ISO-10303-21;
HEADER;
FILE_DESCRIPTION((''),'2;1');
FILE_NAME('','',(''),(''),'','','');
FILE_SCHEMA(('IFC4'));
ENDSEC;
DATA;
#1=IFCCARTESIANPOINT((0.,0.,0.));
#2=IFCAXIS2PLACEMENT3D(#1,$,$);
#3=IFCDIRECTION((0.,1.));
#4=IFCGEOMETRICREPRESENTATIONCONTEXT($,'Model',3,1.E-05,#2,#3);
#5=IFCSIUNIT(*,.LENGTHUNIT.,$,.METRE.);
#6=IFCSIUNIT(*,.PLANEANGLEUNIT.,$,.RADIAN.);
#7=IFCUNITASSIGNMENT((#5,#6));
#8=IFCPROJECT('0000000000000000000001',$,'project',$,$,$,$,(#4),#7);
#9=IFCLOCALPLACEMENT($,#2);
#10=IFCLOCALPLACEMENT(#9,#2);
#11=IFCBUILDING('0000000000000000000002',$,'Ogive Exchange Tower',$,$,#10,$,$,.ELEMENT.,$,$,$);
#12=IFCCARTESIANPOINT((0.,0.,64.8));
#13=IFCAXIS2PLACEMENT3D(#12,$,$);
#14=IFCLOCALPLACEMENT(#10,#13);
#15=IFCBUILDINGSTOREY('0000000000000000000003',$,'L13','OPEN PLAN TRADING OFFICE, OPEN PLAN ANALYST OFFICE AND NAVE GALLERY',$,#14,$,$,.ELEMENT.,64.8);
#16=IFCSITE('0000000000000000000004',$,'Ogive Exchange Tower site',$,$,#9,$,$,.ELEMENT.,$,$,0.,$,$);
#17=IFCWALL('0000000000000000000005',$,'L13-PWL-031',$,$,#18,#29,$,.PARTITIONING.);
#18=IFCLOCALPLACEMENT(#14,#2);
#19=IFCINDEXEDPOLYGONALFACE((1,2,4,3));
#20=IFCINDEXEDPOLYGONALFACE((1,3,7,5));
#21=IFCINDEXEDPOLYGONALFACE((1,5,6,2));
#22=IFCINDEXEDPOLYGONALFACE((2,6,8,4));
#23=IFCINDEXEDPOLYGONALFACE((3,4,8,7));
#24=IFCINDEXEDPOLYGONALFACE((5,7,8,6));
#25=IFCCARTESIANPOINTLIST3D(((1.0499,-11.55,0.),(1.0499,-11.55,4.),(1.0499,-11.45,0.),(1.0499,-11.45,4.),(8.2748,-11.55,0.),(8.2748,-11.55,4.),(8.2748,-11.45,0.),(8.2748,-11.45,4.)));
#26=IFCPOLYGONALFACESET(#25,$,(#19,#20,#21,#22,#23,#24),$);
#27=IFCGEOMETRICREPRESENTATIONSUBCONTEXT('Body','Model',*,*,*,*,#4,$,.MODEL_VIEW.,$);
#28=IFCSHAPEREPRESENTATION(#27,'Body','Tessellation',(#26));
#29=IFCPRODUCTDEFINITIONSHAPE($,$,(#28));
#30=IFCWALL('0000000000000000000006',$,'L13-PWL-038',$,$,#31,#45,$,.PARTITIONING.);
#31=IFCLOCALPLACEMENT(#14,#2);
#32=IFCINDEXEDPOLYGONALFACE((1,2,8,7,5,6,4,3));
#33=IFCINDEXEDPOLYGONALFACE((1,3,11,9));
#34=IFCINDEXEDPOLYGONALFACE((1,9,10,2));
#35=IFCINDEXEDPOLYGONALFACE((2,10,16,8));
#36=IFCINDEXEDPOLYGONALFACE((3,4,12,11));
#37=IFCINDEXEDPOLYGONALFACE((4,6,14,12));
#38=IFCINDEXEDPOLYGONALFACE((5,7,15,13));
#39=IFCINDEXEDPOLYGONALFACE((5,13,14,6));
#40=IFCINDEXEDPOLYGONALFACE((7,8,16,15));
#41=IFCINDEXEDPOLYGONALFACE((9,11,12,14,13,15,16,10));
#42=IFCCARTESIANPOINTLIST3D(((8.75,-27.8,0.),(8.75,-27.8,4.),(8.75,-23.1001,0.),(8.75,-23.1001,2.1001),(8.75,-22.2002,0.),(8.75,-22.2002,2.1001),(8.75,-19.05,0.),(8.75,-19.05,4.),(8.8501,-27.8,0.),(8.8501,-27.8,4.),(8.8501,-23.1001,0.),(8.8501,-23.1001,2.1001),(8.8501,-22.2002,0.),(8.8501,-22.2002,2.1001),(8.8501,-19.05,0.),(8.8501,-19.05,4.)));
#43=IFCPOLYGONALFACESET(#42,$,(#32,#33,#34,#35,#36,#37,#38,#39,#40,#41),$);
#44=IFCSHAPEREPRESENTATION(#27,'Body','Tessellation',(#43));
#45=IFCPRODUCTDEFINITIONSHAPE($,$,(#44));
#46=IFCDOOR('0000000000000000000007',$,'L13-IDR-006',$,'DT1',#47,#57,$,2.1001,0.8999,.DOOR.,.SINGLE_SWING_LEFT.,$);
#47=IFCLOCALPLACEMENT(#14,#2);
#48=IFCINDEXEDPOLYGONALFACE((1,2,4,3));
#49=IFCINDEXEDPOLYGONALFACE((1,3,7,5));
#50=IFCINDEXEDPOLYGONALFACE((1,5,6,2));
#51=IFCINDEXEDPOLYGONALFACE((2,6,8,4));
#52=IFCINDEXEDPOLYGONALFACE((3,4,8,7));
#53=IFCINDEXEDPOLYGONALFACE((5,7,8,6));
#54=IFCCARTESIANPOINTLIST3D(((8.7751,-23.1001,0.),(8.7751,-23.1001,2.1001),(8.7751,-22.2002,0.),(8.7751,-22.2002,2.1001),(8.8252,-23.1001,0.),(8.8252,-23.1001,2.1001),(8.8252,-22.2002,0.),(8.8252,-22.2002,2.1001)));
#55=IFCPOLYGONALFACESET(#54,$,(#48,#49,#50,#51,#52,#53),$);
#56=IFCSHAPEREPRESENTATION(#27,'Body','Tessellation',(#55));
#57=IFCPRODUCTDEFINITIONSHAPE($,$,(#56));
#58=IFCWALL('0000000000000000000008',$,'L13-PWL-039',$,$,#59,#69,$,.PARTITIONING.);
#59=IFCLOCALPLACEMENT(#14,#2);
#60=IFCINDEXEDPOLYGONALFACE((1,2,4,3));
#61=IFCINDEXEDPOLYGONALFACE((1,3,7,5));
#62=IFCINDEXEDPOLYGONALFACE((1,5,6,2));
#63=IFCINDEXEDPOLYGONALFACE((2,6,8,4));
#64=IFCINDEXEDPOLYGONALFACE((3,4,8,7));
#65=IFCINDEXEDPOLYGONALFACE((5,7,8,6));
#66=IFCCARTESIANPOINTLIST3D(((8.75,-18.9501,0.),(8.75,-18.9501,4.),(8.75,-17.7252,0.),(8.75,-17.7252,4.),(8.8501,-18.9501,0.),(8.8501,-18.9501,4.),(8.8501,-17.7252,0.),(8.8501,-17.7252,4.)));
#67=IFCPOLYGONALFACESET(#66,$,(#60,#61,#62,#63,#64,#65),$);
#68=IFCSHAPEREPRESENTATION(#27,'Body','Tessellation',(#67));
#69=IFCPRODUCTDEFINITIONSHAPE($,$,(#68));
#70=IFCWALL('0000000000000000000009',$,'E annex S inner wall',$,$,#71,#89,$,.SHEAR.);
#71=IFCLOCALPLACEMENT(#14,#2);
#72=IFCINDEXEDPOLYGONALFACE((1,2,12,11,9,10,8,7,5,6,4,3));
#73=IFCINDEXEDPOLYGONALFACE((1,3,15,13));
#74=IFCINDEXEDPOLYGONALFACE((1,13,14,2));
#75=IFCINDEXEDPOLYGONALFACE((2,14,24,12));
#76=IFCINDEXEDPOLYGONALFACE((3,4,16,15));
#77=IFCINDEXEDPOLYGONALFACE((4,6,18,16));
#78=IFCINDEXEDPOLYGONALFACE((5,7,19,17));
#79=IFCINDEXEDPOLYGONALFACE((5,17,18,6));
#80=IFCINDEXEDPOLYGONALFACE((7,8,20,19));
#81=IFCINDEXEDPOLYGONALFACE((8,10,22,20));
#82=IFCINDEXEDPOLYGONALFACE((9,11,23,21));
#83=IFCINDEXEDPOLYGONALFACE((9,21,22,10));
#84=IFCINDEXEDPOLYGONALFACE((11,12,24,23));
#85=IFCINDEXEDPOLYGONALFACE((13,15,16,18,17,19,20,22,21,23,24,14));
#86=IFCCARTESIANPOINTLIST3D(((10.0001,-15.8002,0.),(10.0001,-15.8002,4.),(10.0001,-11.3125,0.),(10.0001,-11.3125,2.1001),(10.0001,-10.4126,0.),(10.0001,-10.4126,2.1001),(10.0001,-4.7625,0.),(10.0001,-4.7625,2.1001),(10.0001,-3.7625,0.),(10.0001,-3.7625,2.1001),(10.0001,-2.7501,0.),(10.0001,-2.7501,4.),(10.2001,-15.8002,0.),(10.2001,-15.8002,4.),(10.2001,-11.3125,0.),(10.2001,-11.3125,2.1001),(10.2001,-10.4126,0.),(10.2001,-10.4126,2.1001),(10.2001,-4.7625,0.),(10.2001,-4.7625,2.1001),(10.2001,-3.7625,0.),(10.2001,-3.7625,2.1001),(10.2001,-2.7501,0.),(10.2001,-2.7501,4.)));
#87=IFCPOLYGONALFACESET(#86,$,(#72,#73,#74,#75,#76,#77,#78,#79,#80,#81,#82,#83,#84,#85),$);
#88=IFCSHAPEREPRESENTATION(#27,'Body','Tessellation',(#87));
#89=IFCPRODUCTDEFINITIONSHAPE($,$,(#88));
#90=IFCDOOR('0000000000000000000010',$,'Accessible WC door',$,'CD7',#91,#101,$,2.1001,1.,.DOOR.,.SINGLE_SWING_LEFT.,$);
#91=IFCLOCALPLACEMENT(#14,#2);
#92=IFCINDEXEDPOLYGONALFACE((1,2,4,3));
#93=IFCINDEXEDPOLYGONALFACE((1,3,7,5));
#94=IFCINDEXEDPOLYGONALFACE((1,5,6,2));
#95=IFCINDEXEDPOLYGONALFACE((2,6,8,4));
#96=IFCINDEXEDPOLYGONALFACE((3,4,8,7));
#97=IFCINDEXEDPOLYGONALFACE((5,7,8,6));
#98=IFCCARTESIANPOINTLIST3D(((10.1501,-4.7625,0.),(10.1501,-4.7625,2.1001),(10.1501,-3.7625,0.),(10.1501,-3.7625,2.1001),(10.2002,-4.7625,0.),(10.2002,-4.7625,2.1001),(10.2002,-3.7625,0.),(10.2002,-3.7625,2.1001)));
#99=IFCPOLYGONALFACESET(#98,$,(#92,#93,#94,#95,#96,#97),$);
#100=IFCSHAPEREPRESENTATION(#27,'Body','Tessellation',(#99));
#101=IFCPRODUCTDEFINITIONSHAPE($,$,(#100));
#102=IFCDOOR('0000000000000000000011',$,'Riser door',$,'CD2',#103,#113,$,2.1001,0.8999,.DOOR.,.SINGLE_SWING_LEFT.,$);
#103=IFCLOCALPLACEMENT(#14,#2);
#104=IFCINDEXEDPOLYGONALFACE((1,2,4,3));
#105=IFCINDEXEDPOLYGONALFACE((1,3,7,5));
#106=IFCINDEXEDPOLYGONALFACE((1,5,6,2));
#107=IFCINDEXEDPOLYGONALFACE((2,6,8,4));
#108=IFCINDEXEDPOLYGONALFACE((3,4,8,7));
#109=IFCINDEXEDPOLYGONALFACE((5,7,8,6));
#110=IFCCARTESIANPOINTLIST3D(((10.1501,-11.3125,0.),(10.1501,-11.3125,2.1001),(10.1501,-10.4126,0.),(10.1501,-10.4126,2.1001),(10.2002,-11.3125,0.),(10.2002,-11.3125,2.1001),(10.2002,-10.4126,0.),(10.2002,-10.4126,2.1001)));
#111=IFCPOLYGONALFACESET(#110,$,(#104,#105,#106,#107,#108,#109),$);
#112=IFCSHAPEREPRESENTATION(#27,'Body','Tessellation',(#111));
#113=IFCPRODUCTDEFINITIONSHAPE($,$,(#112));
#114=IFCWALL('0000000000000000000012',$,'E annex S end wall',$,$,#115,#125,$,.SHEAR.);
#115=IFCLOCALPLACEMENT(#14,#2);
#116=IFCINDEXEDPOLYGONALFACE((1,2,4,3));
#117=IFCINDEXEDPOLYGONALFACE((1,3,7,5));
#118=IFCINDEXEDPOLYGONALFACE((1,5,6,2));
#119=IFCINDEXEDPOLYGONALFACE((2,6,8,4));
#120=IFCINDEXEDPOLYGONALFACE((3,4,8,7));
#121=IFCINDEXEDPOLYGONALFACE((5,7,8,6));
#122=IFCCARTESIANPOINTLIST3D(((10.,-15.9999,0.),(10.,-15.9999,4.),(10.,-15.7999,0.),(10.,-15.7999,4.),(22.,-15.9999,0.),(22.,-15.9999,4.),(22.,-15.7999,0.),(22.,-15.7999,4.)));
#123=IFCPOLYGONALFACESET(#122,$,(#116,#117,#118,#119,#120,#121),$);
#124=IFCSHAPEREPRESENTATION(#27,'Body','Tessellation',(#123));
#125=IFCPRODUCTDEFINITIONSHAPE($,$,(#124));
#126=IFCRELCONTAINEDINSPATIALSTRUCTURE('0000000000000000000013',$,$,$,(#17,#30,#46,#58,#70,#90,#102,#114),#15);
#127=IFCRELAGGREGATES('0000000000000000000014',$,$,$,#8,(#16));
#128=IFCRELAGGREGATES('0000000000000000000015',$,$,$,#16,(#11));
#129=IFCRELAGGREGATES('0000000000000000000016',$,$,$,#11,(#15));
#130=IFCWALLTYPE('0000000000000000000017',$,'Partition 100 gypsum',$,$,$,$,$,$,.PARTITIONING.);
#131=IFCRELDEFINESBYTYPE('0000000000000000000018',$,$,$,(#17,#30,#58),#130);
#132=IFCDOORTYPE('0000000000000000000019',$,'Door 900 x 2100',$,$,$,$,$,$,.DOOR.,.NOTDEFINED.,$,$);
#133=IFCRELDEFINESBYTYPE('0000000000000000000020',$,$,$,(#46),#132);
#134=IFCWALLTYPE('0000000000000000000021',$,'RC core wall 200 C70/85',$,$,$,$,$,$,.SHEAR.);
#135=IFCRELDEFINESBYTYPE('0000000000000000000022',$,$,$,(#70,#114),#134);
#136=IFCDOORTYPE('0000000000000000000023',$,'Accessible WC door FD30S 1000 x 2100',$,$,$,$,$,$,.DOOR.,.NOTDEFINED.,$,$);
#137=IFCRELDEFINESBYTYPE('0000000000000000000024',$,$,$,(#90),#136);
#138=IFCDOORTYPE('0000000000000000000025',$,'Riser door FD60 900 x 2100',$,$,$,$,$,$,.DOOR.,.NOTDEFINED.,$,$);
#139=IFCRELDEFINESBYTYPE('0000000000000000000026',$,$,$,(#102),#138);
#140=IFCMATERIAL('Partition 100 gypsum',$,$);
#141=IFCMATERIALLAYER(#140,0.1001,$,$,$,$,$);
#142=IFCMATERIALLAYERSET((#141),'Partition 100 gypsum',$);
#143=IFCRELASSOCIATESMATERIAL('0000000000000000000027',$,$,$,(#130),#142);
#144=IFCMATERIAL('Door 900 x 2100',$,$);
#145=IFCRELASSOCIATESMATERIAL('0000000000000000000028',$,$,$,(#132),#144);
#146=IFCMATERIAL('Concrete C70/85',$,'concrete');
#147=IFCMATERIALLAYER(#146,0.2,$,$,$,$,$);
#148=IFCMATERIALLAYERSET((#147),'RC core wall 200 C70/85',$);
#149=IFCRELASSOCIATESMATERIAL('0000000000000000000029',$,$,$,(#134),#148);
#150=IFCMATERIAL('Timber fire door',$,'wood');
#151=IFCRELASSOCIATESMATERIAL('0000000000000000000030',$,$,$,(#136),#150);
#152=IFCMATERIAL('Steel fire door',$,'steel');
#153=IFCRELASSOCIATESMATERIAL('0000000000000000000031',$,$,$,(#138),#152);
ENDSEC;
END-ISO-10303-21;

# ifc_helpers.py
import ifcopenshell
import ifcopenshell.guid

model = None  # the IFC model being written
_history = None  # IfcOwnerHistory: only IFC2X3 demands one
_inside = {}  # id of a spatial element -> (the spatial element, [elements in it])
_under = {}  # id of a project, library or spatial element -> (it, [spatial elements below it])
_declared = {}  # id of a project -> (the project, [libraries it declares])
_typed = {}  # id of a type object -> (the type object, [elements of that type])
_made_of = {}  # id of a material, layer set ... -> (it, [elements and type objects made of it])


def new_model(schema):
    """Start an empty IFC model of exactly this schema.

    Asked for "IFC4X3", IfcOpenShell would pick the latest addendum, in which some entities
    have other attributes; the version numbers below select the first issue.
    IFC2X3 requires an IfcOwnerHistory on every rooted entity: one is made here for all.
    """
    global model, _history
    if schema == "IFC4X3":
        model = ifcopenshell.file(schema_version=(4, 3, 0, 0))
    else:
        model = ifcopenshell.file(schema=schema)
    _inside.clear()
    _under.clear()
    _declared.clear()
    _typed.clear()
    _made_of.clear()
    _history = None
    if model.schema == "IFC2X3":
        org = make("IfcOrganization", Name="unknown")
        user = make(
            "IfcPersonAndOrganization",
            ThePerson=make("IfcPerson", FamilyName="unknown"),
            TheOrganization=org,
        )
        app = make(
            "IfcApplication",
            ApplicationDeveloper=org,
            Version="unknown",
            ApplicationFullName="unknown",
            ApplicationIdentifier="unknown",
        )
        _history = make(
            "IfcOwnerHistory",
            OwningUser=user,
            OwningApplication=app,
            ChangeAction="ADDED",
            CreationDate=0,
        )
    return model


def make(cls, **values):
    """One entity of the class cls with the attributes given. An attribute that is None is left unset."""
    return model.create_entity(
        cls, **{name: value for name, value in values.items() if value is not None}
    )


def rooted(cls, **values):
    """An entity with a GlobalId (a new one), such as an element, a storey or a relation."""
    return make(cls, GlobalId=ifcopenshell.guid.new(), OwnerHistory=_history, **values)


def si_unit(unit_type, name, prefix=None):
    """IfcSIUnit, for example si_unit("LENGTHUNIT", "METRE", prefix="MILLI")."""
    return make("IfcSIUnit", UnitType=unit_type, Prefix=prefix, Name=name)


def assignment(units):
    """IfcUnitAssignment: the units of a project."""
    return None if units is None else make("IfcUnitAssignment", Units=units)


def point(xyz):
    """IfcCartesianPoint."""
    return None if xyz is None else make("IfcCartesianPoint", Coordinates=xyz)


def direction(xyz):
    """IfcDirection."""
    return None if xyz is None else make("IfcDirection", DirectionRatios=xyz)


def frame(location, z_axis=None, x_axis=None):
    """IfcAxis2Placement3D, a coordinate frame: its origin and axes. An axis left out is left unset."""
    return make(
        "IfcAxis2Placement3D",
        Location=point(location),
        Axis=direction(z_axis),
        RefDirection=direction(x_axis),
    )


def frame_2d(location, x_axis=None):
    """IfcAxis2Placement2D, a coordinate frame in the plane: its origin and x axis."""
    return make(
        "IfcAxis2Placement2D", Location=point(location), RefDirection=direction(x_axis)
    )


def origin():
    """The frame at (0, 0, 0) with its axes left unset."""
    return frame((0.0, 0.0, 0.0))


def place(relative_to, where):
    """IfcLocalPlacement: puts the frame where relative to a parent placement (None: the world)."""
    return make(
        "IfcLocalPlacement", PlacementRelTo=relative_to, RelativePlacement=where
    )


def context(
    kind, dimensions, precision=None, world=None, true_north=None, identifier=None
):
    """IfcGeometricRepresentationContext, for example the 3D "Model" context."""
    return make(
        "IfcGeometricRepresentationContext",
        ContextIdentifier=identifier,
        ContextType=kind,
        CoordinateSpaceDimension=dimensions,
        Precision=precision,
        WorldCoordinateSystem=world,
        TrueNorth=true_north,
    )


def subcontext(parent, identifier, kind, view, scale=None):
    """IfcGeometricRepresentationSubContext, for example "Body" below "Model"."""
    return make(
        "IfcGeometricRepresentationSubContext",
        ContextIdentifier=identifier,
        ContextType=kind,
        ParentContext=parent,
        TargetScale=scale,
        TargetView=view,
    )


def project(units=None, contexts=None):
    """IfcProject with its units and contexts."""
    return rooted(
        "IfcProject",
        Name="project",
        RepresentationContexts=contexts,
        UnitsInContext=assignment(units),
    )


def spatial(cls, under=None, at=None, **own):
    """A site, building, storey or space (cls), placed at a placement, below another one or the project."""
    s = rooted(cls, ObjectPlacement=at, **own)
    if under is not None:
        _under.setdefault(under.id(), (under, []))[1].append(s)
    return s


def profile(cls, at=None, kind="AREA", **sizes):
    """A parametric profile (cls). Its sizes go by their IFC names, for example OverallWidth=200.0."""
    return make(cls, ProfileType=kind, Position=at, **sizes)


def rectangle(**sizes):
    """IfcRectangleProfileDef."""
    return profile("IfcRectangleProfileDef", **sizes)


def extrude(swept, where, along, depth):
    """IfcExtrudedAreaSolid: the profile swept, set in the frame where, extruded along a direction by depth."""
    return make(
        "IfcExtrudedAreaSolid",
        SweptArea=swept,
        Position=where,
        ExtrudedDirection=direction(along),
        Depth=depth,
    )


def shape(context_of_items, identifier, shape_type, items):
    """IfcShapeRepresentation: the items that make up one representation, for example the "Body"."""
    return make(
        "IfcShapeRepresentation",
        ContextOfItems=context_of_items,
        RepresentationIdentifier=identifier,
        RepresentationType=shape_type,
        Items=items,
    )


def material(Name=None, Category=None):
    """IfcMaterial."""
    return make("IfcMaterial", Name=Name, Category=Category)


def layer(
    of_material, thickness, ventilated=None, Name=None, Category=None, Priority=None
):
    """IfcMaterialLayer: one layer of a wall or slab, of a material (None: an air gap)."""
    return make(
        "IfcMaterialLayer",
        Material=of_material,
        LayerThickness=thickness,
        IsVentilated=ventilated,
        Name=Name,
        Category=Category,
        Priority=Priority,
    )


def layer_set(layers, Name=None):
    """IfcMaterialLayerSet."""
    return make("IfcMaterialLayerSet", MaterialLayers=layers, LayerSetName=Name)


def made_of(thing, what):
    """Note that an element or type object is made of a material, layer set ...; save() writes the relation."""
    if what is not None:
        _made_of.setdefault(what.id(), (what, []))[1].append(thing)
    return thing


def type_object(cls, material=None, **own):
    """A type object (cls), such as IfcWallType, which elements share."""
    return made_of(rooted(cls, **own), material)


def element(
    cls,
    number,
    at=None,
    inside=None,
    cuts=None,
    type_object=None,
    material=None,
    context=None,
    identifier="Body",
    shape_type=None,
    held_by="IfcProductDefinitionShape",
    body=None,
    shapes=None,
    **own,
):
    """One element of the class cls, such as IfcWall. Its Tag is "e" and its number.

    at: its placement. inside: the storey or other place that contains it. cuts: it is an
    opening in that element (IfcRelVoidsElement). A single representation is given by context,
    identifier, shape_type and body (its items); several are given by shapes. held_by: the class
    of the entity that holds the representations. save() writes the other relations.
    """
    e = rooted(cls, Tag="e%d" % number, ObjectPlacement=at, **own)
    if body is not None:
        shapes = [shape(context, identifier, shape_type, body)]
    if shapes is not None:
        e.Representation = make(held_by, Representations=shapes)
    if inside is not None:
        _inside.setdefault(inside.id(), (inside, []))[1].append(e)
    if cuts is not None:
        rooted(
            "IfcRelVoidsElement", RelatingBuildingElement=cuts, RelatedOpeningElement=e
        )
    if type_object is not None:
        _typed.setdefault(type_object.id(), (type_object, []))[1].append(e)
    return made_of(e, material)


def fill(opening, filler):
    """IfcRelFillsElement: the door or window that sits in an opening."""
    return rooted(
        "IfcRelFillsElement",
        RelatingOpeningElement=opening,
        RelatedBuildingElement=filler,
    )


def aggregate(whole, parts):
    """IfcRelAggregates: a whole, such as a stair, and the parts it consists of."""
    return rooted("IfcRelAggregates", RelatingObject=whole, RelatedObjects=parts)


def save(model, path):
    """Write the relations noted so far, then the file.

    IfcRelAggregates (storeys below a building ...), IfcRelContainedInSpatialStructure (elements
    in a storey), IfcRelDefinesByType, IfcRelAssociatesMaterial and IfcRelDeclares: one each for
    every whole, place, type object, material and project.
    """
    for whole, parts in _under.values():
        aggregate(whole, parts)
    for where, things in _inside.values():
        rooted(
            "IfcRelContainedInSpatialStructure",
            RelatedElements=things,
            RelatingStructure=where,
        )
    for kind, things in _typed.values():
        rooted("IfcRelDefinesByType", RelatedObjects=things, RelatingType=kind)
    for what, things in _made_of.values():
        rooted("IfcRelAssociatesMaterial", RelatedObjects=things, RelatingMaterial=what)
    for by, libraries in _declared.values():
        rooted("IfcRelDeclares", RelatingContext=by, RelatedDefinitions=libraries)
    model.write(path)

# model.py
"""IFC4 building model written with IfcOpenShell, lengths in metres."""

from ifc_helpers import new_model, si_unit, direction, frame, frame_2d, origin, place, context, subcontext, project, spatial, rectangle, extrude, material, layer, layer_set, type_object, element, fill, save


model = new_model("IFC4")

# Units and contexts
model_context = context("Model", 3, precision=1e-05, world=origin(), true_north=direction((0.0, 1.0)))
body_context = subcontext(model_context, "Body", "Model", "MODEL_VIEW")
ifc_project = project(units=[si_unit("LENGTHUNIT", "METRE"), si_unit("PLANEANGLEUNIT", "RADIAN")], contexts=[model_context])

# Site, building, storey
site_placement = place(None, origin())
site = spatial("IfcSite", under=ifc_project, at=site_placement, Name="Ogive Exchange Tower site", CompositionType="ELEMENT", RefElevation=0.0)
building_placement = place(site_placement, origin())
building = spatial("IfcBuilding", under=site, at=building_placement, Name="Ogive Exchange Tower", CompositionType="ELEMENT")
storey_placement = place(building_placement, frame((0.0, 0.0, 64.8)))
storey = spatial("IfcBuildingStorey", under=building, at=storey_placement, Name="L13", Description="OPEN PLAN TRADING OFFICE, OPEN PLAN ANALYST OFFICE AND NAVE GALLERY", CompositionType="ELEMENT", Elevation=64.8)

# Wall
ifc_material_1 = material(Name="Partition 100 gypsum")
ifc_layer_1 = layer(ifc_material_1, 0.1001)
ifc_layer_set_1 = layer_set([ifc_layer_1], Name="Partition 100 gypsum")
wall_type_1 = type_object("IfcWallType", Name="Partition 100 gypsum", PredefinedType="PARTITIONING", material=ifc_layer_set_1)
wall_1_placement = place(storey_placement, frame((1.05, -11.5, 0.0), z_axis=(0.0, 0.0, 1.0), x_axis=(1.0, 0.0, 0.0)))
element("IfcWall", 1, at=wall_1_placement, inside=storey, type_object=wall_type_1, Name="L13-PWL-031", PredefinedType="PARTITIONING", context=body_context, shape_type="SweptSolid", body=[
    extrude(rectangle(XDim=7.2249, YDim=0.1001, at=frame_2d((3.6123, 0.0))), origin(), (0.0, 0.0, 1.0), 4.0),
])

# Wall, opening, door
wall_2_placement = place(storey_placement, frame((8.8, -27.8, 0.0), z_axis=(0.0, 0.0, 1.0), x_axis=(0.0, 1.0, 0.0)))
wall_2 = element("IfcWall", 2, at=wall_2_placement, inside=storey, type_object=wall_type_1, Name="L13-PWL-038", PredefinedType="PARTITIONING", context=body_context, shape_type="SweptSolid", body=[
    extrude(rectangle(XDim=8.75, YDim=0.1001, at=frame_2d((4.375, 0.0))), origin(), (0.0, 0.0, 1.0), 4.0),
])
opening_1_placement = place(wall_2_placement, frame((4.7, 0.0, 0.0)))
opening_1 = element("IfcOpeningElement", 3, at=opening_1_placement, cuts=wall_2, PredefinedType="OPENING", context=body_context, shape_type="SweptSolid", body=[
    extrude(rectangle(XDim=0.8999, YDim=2.1001, at=frame_2d((0.45, 1.05))), frame((0.0, 0.0601, 0.0), z_axis=(0.0, -1.0, 0.0), x_axis=(1.0, 0.0, 0.0)), (0.0, 0.0, 1.0), 0.1201),
])
ifc_material_2 = material(Name="Door 900 x 2100")
door_type_1 = type_object("IfcDoorType", Name="Door 900 x 2100", OperationType="NOTDEFINED", PredefinedType="DOOR", material=ifc_material_2)
door_1_placement = place(opening_1_placement, origin())
door_1 = element("IfcDoor", 4, at=door_1_placement, inside=storey, type_object=door_type_1, Name="L13-IDR-006", ObjectType="DT1", OperationType="SINGLE_SWING_LEFT", OverallHeight=2.1001, OverallWidth=0.8999, PredefinedType="DOOR", context=body_context, shape_type="SweptSolid", body=[
    extrude(rectangle(XDim=0.8999, YDim=2.1001, at=frame_2d((0.45, 1.05))), frame((0.0, 0.0249, 0.0), z_axis=(0.0, -1.0, 0.0), x_axis=(1.0, 0.0, 0.0)), (0.0, 0.0, 1.0), 0.05),
])
fill(opening_1, door_1)

# Wall
wall_3_placement = place(storey_placement, frame((8.8, -18.95, 0.0), z_axis=(0.0, 0.0, 1.0), x_axis=(0.0, 1.0, 0.0)))
element("IfcWall", 5, at=wall_3_placement, inside=storey, type_object=wall_type_1, Name="L13-PWL-039", PredefinedType="PARTITIONING", context=body_context, shape_type="SweptSolid", body=[
    extrude(rectangle(XDim=1.2249, YDim=0.1001, at=frame_2d((0.6123, 0.0))), origin(), (0.0, 0.0, 1.0), 4.0),
])

# Wall, openings, doors
ifc_material_3 = material(Name="Concrete C70/85", Category="concrete")
ifc_layer_2 = layer(ifc_material_3, 0.2)
ifc_layer_set_2 = layer_set([ifc_layer_2], Name="RC core wall 200 C70/85")
wall_type_2 = type_object("IfcWallType", Name="RC core wall 200 C70/85", PredefinedType="SHEAR", material=ifc_layer_set_2)
wall_4_placement = place(storey_placement, frame((10.1001, -15.8, 0.0), z_axis=(0.0, 0.0, 1.0), x_axis=(0.0, 1.0, 0.0)))
wall_4 = element("IfcWall", 6, at=wall_4_placement, inside=storey, type_object=wall_type_2, Name="E annex S inner wall", PredefinedType="SHEAR", context=body_context, shape_type="SweptSolid", body=[
    extrude(rectangle(XDim=13.05, YDim=0.2, at=frame_2d((6.5249, 0.0))), origin(), (0.0, 0.0, 1.0), 4.0),
])
opening_2_placement = place(wall_4_placement, frame((4.4875, 0.0, 0.0)))
opening_2 = element("IfcOpeningElement", 7, at=opening_2_placement, cuts=wall_4, PredefinedType="OPENING", context=body_context, shape_type="SweptSolid", body=[
    extrude(rectangle(XDim=0.8999, YDim=2.1001, at=frame_2d((0.45, 1.05))), frame((0.0, 0.1099, 0.0), z_axis=(0.0, -1.0, 0.0), x_axis=(1.0, 0.0, 0.0)), (0.0, 0.0, 1.0), 0.22),
])
opening_3_placement = place(wall_4_placement, frame((11.0376, 0.0, 0.0)))
opening_3 = element("IfcOpeningElement", 8, at=opening_3_placement, cuts=wall_4, PredefinedType="OPENING", context=body_context, shape_type="SweptSolid", body=[
    extrude(rectangle(XDim=1.0, YDim=2.1001, at=frame_2d((0.5, 1.05))), frame((0.0, 0.1099, 0.0), z_axis=(0.0, -1.0, 0.0), x_axis=(1.0, 0.0, 0.0)), (0.0, 0.0, 1.0), 0.22),
])
ifc_material_4 = material(Name="Timber fire door", Category="wood")
door_type_2 = type_object("IfcDoorType", Name="Accessible WC door FD30S 1000 x 2100", OperationType="NOTDEFINED", PredefinedType="DOOR", material=ifc_material_4)
door_2_placement = place(opening_3_placement, frame((1.0, -0.1499, 0.0), z_axis=(0.0, 0.0, 1.0), x_axis=(-1.0, 0.0, 0.0)))
door_2 = element("IfcDoor", 9, at=door_2_placement, inside=storey, type_object=door_type_2, Name="Accessible WC door", ObjectType="CD7", OperationType="SINGLE_SWING_LEFT", OverallHeight=2.1001, OverallWidth=1.0, PredefinedType="DOOR", context=body_context, shape_type="SweptSolid", body=[
    extrude(rectangle(XDim=1.0, YDim=2.1001, at=frame_2d((0.5, 1.05))), frame((0.0, -0.0498, 0.0), z_axis=(0.0, -1.0, 0.0), x_axis=(1.0, 0.0, 0.0)), (0.0, 0.0, 1.0), 0.05),
])
fill(opening_3, door_2)
ifc_material_5 = material(Name="Steel fire door", Category="steel")
door_type_3 = type_object("IfcDoorType", Name="Riser door FD60 900 x 2100", OperationType="NOTDEFINED", PredefinedType="DOOR", material=ifc_material_5)
door_3_placement = place(opening_2_placement, frame((0.8999, -0.1499, 0.0), z_axis=(0.0, 0.0, 1.0), x_axis=(-1.0, 0.0, 0.0)))
door_3 = element("IfcDoor", 10, at=door_3_placement, inside=storey, type_object=door_type_3, Name="Riser door", ObjectType="CD2", OperationType="SINGLE_SWING_LEFT", OverallHeight=2.1001, OverallWidth=0.8999, PredefinedType="DOOR", context=body_context, shape_type="SweptSolid", body=[
    extrude(rectangle(XDim=0.8999, YDim=2.1001, at=frame_2d((0.45, 1.05))), frame((0.0, -0.0498, 0.0), z_axis=(0.0, -1.0, 0.0), x_axis=(1.0, 0.0, 0.0)), (0.0, 0.0, 1.0), 0.05),
])
fill(opening_2, door_3)

# Wall
wall_5_placement = place(storey_placement, frame((10.0, -15.8999, 0.0), z_axis=(0.0, 0.0, 1.0), x_axis=(1.0, 0.0, 0.0)))
element("IfcWall", 11, at=wall_5_placement, inside=storey, type_object=wall_type_2, Name="E annex S end wall", PredefinedType="SHEAR", context=body_context, shape_type="SweptSolid", body=[
    extrude(rectangle(XDim=12.0, YDim=0.2, at=frame_2d((6.0, 0.0))), origin(), (0.0, 0.0, 1.0), 4.0),
])

save(model, "model.ifc")
